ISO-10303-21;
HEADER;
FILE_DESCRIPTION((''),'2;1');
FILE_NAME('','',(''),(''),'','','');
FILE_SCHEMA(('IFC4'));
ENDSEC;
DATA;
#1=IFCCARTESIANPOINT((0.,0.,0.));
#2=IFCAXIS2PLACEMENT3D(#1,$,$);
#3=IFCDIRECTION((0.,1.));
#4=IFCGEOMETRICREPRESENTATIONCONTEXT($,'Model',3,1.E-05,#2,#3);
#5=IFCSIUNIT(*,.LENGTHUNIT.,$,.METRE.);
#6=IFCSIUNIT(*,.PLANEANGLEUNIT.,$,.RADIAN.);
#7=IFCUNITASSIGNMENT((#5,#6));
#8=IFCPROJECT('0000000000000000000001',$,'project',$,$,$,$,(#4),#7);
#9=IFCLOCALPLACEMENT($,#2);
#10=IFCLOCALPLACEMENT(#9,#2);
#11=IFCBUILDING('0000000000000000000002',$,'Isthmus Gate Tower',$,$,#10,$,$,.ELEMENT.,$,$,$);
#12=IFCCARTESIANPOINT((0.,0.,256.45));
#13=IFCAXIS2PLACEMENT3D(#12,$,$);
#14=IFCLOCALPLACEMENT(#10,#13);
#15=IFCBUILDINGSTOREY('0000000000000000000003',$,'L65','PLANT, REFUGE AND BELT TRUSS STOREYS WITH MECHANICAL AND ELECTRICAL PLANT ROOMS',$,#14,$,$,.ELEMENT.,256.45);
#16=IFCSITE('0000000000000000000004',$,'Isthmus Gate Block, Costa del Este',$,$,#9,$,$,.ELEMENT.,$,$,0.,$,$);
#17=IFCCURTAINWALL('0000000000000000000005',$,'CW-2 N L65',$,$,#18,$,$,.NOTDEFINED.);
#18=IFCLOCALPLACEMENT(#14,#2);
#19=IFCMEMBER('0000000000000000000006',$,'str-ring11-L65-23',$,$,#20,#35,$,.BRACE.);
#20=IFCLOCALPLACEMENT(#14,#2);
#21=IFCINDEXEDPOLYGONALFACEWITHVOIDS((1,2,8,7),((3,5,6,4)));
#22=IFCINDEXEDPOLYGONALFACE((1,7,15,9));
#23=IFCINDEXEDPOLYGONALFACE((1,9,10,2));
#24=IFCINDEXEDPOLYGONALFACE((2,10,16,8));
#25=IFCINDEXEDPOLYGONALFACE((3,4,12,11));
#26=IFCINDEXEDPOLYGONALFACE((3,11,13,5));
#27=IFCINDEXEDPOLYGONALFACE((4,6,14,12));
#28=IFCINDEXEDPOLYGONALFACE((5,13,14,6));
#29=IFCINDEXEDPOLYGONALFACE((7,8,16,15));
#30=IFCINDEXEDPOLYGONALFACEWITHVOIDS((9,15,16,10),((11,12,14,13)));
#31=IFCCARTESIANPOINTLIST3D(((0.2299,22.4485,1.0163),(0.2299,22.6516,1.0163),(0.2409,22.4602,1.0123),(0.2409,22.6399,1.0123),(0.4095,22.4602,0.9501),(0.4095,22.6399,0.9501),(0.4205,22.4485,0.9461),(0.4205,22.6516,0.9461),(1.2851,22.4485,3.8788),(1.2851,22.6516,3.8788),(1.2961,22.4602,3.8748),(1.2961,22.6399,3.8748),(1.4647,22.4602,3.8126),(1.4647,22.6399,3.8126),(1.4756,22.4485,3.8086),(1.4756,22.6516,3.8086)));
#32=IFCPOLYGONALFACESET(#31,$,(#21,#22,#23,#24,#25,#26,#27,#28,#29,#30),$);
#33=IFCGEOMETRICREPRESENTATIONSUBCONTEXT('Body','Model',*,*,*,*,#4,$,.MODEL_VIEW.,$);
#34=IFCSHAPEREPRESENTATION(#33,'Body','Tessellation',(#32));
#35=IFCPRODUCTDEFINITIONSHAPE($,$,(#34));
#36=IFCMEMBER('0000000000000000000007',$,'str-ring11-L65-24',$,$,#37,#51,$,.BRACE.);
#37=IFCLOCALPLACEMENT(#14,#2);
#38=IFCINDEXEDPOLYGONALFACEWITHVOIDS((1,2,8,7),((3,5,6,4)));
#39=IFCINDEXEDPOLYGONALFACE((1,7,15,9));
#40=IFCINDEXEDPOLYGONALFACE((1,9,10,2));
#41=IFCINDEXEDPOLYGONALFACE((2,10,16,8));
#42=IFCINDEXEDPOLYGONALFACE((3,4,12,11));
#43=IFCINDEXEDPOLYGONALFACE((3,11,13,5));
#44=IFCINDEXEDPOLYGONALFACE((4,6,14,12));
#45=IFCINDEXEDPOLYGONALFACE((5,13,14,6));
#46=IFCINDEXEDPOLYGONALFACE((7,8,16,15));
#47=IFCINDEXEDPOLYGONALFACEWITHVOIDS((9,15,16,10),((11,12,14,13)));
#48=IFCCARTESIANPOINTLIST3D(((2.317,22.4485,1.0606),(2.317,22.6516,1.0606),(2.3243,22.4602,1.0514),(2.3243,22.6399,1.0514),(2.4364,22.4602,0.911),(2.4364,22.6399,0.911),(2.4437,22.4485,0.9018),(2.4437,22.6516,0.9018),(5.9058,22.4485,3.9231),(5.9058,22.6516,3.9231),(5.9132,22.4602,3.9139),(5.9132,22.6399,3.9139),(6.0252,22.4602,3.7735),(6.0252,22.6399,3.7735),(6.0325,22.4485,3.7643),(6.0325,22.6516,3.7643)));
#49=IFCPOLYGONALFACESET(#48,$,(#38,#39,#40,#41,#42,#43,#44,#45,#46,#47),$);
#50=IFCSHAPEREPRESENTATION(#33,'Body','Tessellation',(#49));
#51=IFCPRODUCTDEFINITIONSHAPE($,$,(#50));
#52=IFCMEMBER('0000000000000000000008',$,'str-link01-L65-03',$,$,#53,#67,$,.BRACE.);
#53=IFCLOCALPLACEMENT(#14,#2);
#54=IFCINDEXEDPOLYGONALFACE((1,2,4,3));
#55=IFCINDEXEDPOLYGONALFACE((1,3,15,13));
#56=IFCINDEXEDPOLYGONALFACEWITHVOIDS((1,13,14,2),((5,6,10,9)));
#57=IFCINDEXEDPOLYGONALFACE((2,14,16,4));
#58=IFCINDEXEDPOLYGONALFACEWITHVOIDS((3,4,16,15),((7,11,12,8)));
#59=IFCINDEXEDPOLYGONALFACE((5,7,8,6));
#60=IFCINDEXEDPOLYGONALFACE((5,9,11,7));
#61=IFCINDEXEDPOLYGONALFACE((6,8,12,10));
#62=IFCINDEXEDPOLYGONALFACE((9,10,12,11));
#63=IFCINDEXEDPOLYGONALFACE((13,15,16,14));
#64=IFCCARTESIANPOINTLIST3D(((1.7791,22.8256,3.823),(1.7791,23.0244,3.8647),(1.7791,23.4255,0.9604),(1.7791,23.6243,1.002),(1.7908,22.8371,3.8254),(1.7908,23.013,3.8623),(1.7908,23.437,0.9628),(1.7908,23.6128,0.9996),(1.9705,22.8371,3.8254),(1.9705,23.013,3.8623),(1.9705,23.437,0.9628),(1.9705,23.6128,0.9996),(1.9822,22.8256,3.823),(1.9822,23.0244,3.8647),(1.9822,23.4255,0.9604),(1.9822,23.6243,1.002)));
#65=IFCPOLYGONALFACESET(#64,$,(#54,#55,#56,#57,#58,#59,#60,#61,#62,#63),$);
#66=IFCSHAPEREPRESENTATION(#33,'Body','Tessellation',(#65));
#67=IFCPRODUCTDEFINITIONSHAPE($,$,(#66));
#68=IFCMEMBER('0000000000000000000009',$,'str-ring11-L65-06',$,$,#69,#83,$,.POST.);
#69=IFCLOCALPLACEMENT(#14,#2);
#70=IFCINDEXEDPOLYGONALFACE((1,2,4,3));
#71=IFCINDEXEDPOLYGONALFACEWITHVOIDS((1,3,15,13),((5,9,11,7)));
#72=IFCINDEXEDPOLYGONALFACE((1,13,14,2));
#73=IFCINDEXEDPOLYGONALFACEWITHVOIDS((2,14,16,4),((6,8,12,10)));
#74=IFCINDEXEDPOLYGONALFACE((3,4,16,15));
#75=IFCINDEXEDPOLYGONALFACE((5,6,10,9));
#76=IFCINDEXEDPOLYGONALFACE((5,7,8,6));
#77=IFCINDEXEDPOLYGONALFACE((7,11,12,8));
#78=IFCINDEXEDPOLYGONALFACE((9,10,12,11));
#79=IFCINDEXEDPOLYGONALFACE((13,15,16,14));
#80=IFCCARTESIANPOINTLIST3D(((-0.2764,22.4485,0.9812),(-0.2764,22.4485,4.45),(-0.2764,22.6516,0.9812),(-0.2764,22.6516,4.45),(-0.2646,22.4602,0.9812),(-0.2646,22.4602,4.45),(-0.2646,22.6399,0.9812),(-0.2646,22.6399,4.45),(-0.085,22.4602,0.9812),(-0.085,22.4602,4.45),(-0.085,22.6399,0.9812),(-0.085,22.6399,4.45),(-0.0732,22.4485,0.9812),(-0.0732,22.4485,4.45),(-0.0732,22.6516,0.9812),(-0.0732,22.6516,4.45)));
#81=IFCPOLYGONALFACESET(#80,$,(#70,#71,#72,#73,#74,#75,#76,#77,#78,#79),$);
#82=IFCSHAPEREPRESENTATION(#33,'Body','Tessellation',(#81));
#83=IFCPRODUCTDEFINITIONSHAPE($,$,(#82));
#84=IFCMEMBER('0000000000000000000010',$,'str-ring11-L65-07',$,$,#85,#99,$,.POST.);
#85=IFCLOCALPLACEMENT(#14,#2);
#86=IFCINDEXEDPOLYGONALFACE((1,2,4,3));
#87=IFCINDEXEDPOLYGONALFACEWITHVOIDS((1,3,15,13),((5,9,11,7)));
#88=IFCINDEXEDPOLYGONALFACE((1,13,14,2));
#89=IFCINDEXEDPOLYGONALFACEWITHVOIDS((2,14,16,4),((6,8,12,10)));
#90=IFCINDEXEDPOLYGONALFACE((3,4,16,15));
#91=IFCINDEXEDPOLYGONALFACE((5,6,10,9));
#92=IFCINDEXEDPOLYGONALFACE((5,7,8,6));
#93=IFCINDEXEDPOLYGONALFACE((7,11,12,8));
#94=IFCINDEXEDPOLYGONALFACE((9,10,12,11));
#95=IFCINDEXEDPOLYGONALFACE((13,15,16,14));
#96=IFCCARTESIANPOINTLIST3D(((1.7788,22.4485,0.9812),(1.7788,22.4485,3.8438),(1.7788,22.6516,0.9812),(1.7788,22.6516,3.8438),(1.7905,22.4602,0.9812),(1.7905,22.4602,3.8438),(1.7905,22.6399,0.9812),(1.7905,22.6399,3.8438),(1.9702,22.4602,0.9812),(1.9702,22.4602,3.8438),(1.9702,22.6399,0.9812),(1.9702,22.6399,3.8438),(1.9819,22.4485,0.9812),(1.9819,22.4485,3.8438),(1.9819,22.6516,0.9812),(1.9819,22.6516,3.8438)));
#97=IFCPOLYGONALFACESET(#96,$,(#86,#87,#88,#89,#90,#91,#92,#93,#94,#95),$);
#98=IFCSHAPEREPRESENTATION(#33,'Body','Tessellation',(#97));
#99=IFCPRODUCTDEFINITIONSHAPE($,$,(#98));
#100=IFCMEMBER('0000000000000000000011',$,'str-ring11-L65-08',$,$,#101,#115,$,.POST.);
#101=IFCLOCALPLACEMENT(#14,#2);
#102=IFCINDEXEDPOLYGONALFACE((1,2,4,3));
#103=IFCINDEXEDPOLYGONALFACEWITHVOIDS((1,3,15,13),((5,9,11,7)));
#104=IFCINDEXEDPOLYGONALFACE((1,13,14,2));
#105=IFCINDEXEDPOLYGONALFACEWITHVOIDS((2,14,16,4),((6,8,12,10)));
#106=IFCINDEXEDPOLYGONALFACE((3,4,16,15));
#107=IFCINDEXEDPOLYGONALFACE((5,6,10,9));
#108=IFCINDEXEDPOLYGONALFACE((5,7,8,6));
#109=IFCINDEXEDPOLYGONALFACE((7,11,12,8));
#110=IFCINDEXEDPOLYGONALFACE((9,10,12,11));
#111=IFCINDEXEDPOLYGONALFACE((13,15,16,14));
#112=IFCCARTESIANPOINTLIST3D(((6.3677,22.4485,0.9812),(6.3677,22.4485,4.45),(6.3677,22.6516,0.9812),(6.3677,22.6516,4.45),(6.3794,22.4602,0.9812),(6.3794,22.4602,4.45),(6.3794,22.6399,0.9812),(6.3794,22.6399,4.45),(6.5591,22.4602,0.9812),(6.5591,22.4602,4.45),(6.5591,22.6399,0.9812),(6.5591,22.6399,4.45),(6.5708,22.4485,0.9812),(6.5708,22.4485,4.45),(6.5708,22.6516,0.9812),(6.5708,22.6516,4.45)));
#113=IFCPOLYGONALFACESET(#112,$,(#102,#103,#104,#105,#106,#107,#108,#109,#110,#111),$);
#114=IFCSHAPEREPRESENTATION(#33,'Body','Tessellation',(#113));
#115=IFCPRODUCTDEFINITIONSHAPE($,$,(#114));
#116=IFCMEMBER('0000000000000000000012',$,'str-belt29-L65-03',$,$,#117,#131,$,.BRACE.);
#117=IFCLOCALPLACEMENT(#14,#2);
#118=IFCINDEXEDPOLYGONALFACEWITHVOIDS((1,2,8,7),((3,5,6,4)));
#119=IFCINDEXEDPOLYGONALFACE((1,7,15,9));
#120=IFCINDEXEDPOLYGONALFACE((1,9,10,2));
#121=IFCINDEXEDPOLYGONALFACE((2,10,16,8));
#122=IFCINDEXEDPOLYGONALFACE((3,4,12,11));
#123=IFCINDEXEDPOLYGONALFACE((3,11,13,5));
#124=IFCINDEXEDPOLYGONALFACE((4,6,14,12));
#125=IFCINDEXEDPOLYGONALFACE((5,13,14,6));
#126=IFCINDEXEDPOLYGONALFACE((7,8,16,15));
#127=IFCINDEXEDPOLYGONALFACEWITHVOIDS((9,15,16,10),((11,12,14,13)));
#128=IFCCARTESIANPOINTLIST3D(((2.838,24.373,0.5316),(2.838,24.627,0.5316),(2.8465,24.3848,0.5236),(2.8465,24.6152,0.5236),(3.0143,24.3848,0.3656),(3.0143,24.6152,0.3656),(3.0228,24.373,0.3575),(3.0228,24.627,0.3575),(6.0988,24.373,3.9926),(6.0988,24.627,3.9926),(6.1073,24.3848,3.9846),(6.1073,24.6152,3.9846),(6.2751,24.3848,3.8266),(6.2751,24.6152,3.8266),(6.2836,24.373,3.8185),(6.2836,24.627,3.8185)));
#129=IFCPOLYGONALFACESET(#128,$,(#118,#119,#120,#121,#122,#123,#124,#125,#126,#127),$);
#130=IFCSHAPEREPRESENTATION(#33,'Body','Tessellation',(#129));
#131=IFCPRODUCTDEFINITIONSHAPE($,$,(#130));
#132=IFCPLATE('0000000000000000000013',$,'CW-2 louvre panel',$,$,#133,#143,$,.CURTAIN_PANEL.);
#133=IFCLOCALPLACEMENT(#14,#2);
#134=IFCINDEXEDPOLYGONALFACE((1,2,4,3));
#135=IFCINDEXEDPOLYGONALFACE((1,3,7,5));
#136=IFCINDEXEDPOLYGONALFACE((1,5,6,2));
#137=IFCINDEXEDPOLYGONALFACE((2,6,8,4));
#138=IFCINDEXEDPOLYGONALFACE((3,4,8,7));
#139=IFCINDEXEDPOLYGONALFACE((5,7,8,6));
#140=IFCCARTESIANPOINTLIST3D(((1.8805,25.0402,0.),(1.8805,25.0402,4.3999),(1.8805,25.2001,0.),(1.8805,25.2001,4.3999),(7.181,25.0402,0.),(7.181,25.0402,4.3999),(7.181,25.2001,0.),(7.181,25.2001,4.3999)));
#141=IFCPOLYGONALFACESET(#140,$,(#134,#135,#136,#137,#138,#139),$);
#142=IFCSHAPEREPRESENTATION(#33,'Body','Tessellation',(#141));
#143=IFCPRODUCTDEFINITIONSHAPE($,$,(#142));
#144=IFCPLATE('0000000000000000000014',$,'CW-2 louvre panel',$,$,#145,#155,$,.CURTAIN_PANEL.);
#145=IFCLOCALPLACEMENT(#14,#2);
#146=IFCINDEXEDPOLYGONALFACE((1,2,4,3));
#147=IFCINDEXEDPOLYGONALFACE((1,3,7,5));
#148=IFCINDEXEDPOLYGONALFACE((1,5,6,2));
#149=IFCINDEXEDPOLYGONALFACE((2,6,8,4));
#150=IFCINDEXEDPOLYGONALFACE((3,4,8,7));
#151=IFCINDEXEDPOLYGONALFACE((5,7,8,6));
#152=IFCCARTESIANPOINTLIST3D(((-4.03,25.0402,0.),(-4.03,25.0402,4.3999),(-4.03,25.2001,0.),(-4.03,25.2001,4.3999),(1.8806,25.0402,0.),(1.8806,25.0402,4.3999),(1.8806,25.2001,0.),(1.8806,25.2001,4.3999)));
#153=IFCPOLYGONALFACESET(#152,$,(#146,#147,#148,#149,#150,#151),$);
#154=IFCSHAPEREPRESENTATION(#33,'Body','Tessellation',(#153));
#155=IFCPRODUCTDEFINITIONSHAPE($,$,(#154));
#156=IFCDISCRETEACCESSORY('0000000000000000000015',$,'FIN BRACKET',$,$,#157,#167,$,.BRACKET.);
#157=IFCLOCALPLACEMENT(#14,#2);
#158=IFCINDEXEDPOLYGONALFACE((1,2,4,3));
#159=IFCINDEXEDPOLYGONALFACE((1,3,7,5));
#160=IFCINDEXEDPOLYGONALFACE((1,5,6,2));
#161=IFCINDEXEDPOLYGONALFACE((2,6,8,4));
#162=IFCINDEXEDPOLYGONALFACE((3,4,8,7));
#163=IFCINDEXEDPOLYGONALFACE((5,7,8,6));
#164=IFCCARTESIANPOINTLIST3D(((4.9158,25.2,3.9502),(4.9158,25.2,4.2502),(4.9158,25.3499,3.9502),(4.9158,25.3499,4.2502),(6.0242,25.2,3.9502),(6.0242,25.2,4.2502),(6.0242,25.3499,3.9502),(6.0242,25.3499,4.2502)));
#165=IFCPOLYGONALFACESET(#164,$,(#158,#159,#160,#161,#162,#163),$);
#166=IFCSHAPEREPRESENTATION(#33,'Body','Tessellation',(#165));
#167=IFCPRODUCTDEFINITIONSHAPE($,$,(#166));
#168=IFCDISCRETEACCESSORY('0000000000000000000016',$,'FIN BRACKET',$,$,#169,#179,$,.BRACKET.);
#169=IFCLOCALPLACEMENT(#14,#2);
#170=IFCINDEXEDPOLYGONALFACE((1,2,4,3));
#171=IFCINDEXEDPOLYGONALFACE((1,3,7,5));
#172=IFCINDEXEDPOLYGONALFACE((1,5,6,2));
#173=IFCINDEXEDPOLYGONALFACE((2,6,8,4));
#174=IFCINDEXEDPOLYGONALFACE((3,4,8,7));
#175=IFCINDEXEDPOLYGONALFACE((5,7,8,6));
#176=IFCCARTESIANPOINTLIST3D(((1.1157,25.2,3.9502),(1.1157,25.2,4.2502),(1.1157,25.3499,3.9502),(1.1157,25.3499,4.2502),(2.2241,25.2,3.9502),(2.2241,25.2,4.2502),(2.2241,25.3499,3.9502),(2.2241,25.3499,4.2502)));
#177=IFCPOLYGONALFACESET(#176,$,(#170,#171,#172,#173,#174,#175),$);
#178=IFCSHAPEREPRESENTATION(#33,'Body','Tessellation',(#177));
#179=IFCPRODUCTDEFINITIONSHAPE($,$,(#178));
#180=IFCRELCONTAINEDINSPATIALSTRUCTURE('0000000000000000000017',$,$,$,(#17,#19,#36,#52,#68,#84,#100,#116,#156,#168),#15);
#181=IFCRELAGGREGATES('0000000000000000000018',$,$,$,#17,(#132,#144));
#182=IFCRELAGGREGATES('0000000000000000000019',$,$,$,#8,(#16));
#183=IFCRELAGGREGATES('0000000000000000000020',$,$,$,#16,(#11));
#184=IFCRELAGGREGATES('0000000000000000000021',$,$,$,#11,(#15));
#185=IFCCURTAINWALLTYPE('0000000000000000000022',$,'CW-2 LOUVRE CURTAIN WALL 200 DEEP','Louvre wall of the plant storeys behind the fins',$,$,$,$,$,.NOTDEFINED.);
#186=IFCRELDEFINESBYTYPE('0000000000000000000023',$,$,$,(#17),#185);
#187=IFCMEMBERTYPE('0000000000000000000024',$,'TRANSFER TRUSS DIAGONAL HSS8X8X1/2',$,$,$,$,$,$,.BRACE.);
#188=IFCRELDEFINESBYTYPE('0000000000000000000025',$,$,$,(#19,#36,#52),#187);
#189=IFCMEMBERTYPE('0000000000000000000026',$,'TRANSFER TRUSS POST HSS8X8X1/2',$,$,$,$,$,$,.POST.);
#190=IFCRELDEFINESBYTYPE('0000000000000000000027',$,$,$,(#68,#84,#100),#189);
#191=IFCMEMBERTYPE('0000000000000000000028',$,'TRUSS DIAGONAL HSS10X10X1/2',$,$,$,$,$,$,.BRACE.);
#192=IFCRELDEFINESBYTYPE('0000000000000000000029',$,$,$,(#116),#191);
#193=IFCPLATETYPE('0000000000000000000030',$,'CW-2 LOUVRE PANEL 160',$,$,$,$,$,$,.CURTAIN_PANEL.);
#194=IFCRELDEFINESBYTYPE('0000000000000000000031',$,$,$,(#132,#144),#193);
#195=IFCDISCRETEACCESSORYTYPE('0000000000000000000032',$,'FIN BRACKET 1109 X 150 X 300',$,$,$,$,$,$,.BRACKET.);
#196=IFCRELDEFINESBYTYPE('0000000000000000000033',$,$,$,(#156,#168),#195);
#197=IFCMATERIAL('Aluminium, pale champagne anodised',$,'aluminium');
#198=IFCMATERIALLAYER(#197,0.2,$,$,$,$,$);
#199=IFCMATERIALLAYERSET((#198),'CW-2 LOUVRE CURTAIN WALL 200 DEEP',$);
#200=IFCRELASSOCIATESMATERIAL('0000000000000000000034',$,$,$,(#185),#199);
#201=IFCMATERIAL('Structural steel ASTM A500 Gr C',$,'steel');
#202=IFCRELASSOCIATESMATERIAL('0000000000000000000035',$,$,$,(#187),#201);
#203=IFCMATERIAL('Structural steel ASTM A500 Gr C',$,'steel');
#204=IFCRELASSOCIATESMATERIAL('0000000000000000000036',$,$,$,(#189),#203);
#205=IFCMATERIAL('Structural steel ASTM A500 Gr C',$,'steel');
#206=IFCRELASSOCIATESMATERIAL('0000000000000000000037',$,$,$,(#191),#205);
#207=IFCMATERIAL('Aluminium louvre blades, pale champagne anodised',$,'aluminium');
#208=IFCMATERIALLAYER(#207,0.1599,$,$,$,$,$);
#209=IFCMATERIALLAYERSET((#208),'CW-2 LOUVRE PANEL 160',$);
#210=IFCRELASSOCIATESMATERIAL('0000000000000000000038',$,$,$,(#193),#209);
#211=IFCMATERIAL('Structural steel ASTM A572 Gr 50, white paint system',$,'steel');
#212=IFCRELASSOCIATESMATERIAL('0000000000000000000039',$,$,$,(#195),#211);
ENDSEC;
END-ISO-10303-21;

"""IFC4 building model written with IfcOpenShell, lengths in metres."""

from ifc_helpers import new_model, si_unit, direction, frame, origin, origin_2d, place, context, subcontext, project, spatial, rectangle, hollow_rectangle, extrude, material, layer, layer_set, material_profile, profile_set, type_object, element, aggregate, save


model = new_model("IFC4")

# Units and contexts
model_context = context("Model", 3, precision=1e-05, world=origin(), true_north=direction((0.0, 1.0)))
body_context = subcontext(model_context, "Body", "Model", "MODEL_VIEW")
ifc_project = project(units=[si_unit("LENGTHUNIT", "METRE"), si_unit("PLANEANGLEUNIT", "RADIAN")], contexts=[model_context])

# Site, building, storey
site_placement = place(None, origin())
site = spatial("IfcSite", under=ifc_project, at=site_placement, Name="Isthmus Gate Block, Costa del Este", CompositionType="ELEMENT", RefElevation=0.0)
building_placement = place(site_placement, origin())
building = spatial("IfcBuilding", under=site, at=building_placement, Name="Isthmus Gate Tower", CompositionType="ELEMENT")
storey_placement = place(building_placement, frame((0.0, 0.0, 256.45)))
storey = spatial("IfcBuildingStorey", under=building, at=storey_placement, Name="L65", Description="PLANT, REFUGE AND BELT TRUSS STOREYS WITH MECHANICAL AND ELECTRICAL PLANT ROOMS", CompositionType="ELEMENT", Elevation=256.45)

# Curtain wall
ifc_material_1 = material(Name="Aluminium, pale champagne anodised", Category="aluminium")
ifc_layer_1 = layer(ifc_material_1, 0.2)
ifc_layer_set_1 = layer_set([ifc_layer_1], Name="CW-2 LOUVRE CURTAIN WALL 200 DEEP")
curtain_wall_type = type_object("IfcCurtainWallType", Name="CW-2 LOUVRE CURTAIN WALL 200 DEEP", Description="Louvre wall of the plant storeys behind the fins", PredefinedType="NOTDEFINED", material=ifc_layer_set_1)
curtain_wall_placement = place(storey_placement, origin())
curtain_wall = element("IfcCurtainWall", 1, at=curtain_wall_placement, inside=storey, type_object=curtain_wall_type, Name="CW-2 N L65", PredefinedType="NOTDEFINED")

# Members
ifc_material_2 = material(Name="Structural steel ASTM A500 Gr C", Category="steel")
ifc_material_profile_1 = material_profile(ifc_material_2, hollow_rectangle(XDim=0.2031, YDim=0.2031, WallThickness=0.0117, at=origin_2d()), Name="HSS8X8X1/2")
ifc_profile_set_1 = profile_set([ifc_material_profile_1], Name="Structural steel ASTM A500 Gr C")
member_type_1 = type_object("IfcMemberType", Name="TRANSFER TRUSS DIAGONAL HSS8X8X1/2", PredefinedType="BRACE", material=ifc_profile_set_1)
member_1_placement = place(storey_placement, frame((0.3252, 22.55, 0.9812), z_axis=(0.345865, 0.0, 0.938284), x_axis=(0.0, 1.0, 0.0)))
element("IfcMember", 2, at=member_1_placement, inside=storey, type_object=member_type_1, Name="str-ring11-L65-23", PredefinedType="BRACE", context=body_context, shape_type="SweptSolid", body=[
    extrude(hollow_rectangle(XDim=0.2031, YDim=0.2031, WallThickness=0.0117, at=origin_2d()), origin(), (0.0, 0.0, 1.0), 3.0508),
])
member_2_placement = place(storey_placement, frame((2.3804, 22.55, 0.9812), z_axis=(0.781776, 0.0, 0.623559), x_axis=(0.0, 1.0, 0.0)))
element("IfcMember", 3, at=member_2_placement, inside=storey, type_object=member_type_1, Name="str-ring11-L65-24", PredefinedType="BRACE", context=body_context, shape_type="SweptSolid", body=[
    extrude(hollow_rectangle(XDim=0.2031, YDim=0.2031, WallThickness=0.0117, at=origin_2d()), origin(), (0.0, 0.0, 1.0), 4.5906),
])
member_3_placement = place(storey_placement, frame((1.8806, 23.5249, 0.9812), z_axis=(0.0, -0.205097, 0.978742), x_axis=(1.0, 0.0, 0.0)))
element("IfcMember", 4, at=member_3_placement, inside=storey, type_object=member_type_1, Name="str-link01-L65-03", PredefinedType="BRACE", context=body_context, shape_type="SweptSolid", body=[
    extrude(hollow_rectangle(XDim=0.2031, YDim=0.2031, WallThickness=0.0117, at=origin_2d()), origin(), (0.0, 0.0, 1.0), 2.9248),
])
ifc_material_3 = material(Name="Structural steel ASTM A500 Gr C", Category="steel")
ifc_material_profile_2 = material_profile(ifc_material_3, hollow_rectangle(XDim=0.2031, YDim=0.2031, WallThickness=0.0117, at=origin_2d()), Name="HSS8X8X1/2")
ifc_profile_set_2 = profile_set([ifc_material_profile_2], Name="Structural steel ASTM A500 Gr C")
member_type_2 = type_object("IfcMemberType", Name="TRANSFER TRUSS POST HSS8X8X1/2", PredefinedType="POST", material=ifc_profile_set_2)
member_4_placement = place(storey_placement, frame((-0.1748, 22.55, 0.9812), z_axis=(0.0, 0.0, 1.0), x_axis=(1.0, 0.0, 0.0)))
element("IfcMember", 5, at=member_4_placement, inside=storey, type_object=member_type_2, Name="str-ring11-L65-06", PredefinedType="POST", context=body_context, shape_type="SweptSolid", body=[
    extrude(hollow_rectangle(XDim=0.2031, YDim=0.2031, WallThickness=0.0117, at=origin_2d()), origin(), (0.0, 0.0, 1.0), 3.4688),
])
member_5_placement = place(storey_placement, frame((1.8804, 22.55, 0.9812), z_axis=(0.0, 0.0, 1.0), x_axis=(1.0, 0.0, 0.0)))
element("IfcMember", 6, at=member_5_placement, inside=storey, type_object=member_type_2, Name="str-ring11-L65-07", PredefinedType="POST", context=body_context, shape_type="SweptSolid", body=[
    extrude(hollow_rectangle(XDim=0.2031, YDim=0.2031, WallThickness=0.0117, at=origin_2d()), origin(), (0.0, 0.0, 1.0), 2.8625),
])
member_6_placement = place(storey_placement, frame((6.4692, 22.55, 0.9812), z_axis=(0.0, 0.0, 1.0), x_axis=(1.0, 0.0, 0.0)))
element("IfcMember", 7, at=member_6_placement, inside=storey, type_object=member_type_2, Name="str-ring11-L65-08", PredefinedType="POST", context=body_context, shape_type="SweptSolid", body=[
    extrude(hollow_rectangle(XDim=0.2031, YDim=0.2031, WallThickness=0.0117, at=origin_2d()), origin(), (0.0, 0.0, 1.0), 3.4688),
])
ifc_material_4 = material(Name="Structural steel ASTM A500 Gr C", Category="steel")
ifc_material_profile_3 = material_profile(ifc_material_4, hollow_rectangle(XDim=0.2539, YDim=0.2539, WallThickness=0.0117, at=origin_2d()), Name="HSS10X10X1/2")
ifc_profile_set_3 = profile_set([ifc_material_profile_3], Name="Structural steel ASTM A500 Gr C")
member_type_3 = type_object("IfcMemberType", Name="TRUSS DIAGONAL HSS10X10X1/2", PredefinedType="BRACE", material=ifc_profile_set_3)
member_7_placement = place(storey_placement, frame((2.9304, 24.5, 0.4446), z_axis=(0.685743, 0.0, 0.727844), x_axis=(0.0, 1.0, 0.0)))
element("IfcMember", 8, at=member_7_placement, inside=storey, type_object=member_type_3, Name="str-belt29-L65-03", PredefinedType="BRACE", context=body_context, shape_type="SweptSolid", body=[
    extrude(hollow_rectangle(XDim=0.2539, YDim=0.2539, WallThickness=0.0117, at=origin_2d()), origin(), (0.0, 0.0, 1.0), 4.7551),
])

# Plates
ifc_material_5 = material(Name="Aluminium louvre blades, pale champagne anodised", Category="aluminium")
ifc_layer_2 = layer(ifc_material_5, 0.1599)
ifc_layer_set_2 = layer_set([ifc_layer_2], Name="CW-2 LOUVRE PANEL 160")
plate_type = type_object("IfcPlateType", Name="CW-2 LOUVRE PANEL 160", PredefinedType="CURTAIN_PANEL", material=ifc_layer_set_2)
plate_1_placement = place(storey_placement, frame((4.5308, 25.1201, 0.0), z_axis=(0.0, 0.0, 1.0), x_axis=(-1.0, 0.0, 0.0)))
plate_1 = element("IfcPlate", 9, at=plate_1_placement, type_object=plate_type, Name="CW-2 louvre panel", PredefinedType="CURTAIN_PANEL", context=body_context, shape_type="SweptSolid", body=[
    extrude(rectangle(XDim=5.3005, YDim=0.1599, at=origin_2d()), origin(), (0.0, 0.0, 1.0), 4.3999),
])
plate_2_placement = place(storey_placement, frame((-1.0747, 25.1201, 0.0), z_axis=(0.0, 0.0, 1.0), x_axis=(-1.0, 0.0, 0.0)))
plate_2 = element("IfcPlate", 10, at=plate_2_placement, type_object=plate_type, Name="CW-2 louvre panel", PredefinedType="CURTAIN_PANEL", context=body_context, shape_type="SweptSolid", body=[
    extrude(rectangle(XDim=5.9106, YDim=0.1599, at=origin_2d()), origin(), (0.0, 0.0, 1.0), 4.3999),
])
aggregate(curtain_wall, [plate_1, plate_2])

# Discrete accessories
ifc_material_6 = material(Name="Structural steel ASTM A572 Gr 50, white paint system", Category="steel")
discrete_accessory_type_1 = type_object("IfcDiscreteAccessoryType", Name="FIN BRACKET 1109 X 150 X 300", PredefinedType="BRACKET", material=ifc_material_6)
for number, where, z_axis, x_axis, name in (
    (11, (5.47, 25.2749, 3.9502), (0.0, 0.0, 1.0), (0.0, 1.0, 0.0), "FIN BRACKET"),
    (12, (1.6699, 25.2749, 3.9502), (0.0, 0.0, 1.0), (0.0, 1.0, 0.0), "FIN BRACKET"),
):
    element("IfcDiscreteAccessory", number, at=place(storey_placement, frame(where, z_axis=z_axis, x_axis=x_axis)), inside=storey, type_object=discrete_accessory_type_1, Name=name, PredefinedType="BRACKET", context=body_context, shape_type="SweptSolid", body=[
        extrude(rectangle(XDim=0.1499, YDim=1.1084, at=origin_2d()), origin(), (0.0, 0.0, 1.0), 0.3),
    ])

save(model, "model.ifc")
